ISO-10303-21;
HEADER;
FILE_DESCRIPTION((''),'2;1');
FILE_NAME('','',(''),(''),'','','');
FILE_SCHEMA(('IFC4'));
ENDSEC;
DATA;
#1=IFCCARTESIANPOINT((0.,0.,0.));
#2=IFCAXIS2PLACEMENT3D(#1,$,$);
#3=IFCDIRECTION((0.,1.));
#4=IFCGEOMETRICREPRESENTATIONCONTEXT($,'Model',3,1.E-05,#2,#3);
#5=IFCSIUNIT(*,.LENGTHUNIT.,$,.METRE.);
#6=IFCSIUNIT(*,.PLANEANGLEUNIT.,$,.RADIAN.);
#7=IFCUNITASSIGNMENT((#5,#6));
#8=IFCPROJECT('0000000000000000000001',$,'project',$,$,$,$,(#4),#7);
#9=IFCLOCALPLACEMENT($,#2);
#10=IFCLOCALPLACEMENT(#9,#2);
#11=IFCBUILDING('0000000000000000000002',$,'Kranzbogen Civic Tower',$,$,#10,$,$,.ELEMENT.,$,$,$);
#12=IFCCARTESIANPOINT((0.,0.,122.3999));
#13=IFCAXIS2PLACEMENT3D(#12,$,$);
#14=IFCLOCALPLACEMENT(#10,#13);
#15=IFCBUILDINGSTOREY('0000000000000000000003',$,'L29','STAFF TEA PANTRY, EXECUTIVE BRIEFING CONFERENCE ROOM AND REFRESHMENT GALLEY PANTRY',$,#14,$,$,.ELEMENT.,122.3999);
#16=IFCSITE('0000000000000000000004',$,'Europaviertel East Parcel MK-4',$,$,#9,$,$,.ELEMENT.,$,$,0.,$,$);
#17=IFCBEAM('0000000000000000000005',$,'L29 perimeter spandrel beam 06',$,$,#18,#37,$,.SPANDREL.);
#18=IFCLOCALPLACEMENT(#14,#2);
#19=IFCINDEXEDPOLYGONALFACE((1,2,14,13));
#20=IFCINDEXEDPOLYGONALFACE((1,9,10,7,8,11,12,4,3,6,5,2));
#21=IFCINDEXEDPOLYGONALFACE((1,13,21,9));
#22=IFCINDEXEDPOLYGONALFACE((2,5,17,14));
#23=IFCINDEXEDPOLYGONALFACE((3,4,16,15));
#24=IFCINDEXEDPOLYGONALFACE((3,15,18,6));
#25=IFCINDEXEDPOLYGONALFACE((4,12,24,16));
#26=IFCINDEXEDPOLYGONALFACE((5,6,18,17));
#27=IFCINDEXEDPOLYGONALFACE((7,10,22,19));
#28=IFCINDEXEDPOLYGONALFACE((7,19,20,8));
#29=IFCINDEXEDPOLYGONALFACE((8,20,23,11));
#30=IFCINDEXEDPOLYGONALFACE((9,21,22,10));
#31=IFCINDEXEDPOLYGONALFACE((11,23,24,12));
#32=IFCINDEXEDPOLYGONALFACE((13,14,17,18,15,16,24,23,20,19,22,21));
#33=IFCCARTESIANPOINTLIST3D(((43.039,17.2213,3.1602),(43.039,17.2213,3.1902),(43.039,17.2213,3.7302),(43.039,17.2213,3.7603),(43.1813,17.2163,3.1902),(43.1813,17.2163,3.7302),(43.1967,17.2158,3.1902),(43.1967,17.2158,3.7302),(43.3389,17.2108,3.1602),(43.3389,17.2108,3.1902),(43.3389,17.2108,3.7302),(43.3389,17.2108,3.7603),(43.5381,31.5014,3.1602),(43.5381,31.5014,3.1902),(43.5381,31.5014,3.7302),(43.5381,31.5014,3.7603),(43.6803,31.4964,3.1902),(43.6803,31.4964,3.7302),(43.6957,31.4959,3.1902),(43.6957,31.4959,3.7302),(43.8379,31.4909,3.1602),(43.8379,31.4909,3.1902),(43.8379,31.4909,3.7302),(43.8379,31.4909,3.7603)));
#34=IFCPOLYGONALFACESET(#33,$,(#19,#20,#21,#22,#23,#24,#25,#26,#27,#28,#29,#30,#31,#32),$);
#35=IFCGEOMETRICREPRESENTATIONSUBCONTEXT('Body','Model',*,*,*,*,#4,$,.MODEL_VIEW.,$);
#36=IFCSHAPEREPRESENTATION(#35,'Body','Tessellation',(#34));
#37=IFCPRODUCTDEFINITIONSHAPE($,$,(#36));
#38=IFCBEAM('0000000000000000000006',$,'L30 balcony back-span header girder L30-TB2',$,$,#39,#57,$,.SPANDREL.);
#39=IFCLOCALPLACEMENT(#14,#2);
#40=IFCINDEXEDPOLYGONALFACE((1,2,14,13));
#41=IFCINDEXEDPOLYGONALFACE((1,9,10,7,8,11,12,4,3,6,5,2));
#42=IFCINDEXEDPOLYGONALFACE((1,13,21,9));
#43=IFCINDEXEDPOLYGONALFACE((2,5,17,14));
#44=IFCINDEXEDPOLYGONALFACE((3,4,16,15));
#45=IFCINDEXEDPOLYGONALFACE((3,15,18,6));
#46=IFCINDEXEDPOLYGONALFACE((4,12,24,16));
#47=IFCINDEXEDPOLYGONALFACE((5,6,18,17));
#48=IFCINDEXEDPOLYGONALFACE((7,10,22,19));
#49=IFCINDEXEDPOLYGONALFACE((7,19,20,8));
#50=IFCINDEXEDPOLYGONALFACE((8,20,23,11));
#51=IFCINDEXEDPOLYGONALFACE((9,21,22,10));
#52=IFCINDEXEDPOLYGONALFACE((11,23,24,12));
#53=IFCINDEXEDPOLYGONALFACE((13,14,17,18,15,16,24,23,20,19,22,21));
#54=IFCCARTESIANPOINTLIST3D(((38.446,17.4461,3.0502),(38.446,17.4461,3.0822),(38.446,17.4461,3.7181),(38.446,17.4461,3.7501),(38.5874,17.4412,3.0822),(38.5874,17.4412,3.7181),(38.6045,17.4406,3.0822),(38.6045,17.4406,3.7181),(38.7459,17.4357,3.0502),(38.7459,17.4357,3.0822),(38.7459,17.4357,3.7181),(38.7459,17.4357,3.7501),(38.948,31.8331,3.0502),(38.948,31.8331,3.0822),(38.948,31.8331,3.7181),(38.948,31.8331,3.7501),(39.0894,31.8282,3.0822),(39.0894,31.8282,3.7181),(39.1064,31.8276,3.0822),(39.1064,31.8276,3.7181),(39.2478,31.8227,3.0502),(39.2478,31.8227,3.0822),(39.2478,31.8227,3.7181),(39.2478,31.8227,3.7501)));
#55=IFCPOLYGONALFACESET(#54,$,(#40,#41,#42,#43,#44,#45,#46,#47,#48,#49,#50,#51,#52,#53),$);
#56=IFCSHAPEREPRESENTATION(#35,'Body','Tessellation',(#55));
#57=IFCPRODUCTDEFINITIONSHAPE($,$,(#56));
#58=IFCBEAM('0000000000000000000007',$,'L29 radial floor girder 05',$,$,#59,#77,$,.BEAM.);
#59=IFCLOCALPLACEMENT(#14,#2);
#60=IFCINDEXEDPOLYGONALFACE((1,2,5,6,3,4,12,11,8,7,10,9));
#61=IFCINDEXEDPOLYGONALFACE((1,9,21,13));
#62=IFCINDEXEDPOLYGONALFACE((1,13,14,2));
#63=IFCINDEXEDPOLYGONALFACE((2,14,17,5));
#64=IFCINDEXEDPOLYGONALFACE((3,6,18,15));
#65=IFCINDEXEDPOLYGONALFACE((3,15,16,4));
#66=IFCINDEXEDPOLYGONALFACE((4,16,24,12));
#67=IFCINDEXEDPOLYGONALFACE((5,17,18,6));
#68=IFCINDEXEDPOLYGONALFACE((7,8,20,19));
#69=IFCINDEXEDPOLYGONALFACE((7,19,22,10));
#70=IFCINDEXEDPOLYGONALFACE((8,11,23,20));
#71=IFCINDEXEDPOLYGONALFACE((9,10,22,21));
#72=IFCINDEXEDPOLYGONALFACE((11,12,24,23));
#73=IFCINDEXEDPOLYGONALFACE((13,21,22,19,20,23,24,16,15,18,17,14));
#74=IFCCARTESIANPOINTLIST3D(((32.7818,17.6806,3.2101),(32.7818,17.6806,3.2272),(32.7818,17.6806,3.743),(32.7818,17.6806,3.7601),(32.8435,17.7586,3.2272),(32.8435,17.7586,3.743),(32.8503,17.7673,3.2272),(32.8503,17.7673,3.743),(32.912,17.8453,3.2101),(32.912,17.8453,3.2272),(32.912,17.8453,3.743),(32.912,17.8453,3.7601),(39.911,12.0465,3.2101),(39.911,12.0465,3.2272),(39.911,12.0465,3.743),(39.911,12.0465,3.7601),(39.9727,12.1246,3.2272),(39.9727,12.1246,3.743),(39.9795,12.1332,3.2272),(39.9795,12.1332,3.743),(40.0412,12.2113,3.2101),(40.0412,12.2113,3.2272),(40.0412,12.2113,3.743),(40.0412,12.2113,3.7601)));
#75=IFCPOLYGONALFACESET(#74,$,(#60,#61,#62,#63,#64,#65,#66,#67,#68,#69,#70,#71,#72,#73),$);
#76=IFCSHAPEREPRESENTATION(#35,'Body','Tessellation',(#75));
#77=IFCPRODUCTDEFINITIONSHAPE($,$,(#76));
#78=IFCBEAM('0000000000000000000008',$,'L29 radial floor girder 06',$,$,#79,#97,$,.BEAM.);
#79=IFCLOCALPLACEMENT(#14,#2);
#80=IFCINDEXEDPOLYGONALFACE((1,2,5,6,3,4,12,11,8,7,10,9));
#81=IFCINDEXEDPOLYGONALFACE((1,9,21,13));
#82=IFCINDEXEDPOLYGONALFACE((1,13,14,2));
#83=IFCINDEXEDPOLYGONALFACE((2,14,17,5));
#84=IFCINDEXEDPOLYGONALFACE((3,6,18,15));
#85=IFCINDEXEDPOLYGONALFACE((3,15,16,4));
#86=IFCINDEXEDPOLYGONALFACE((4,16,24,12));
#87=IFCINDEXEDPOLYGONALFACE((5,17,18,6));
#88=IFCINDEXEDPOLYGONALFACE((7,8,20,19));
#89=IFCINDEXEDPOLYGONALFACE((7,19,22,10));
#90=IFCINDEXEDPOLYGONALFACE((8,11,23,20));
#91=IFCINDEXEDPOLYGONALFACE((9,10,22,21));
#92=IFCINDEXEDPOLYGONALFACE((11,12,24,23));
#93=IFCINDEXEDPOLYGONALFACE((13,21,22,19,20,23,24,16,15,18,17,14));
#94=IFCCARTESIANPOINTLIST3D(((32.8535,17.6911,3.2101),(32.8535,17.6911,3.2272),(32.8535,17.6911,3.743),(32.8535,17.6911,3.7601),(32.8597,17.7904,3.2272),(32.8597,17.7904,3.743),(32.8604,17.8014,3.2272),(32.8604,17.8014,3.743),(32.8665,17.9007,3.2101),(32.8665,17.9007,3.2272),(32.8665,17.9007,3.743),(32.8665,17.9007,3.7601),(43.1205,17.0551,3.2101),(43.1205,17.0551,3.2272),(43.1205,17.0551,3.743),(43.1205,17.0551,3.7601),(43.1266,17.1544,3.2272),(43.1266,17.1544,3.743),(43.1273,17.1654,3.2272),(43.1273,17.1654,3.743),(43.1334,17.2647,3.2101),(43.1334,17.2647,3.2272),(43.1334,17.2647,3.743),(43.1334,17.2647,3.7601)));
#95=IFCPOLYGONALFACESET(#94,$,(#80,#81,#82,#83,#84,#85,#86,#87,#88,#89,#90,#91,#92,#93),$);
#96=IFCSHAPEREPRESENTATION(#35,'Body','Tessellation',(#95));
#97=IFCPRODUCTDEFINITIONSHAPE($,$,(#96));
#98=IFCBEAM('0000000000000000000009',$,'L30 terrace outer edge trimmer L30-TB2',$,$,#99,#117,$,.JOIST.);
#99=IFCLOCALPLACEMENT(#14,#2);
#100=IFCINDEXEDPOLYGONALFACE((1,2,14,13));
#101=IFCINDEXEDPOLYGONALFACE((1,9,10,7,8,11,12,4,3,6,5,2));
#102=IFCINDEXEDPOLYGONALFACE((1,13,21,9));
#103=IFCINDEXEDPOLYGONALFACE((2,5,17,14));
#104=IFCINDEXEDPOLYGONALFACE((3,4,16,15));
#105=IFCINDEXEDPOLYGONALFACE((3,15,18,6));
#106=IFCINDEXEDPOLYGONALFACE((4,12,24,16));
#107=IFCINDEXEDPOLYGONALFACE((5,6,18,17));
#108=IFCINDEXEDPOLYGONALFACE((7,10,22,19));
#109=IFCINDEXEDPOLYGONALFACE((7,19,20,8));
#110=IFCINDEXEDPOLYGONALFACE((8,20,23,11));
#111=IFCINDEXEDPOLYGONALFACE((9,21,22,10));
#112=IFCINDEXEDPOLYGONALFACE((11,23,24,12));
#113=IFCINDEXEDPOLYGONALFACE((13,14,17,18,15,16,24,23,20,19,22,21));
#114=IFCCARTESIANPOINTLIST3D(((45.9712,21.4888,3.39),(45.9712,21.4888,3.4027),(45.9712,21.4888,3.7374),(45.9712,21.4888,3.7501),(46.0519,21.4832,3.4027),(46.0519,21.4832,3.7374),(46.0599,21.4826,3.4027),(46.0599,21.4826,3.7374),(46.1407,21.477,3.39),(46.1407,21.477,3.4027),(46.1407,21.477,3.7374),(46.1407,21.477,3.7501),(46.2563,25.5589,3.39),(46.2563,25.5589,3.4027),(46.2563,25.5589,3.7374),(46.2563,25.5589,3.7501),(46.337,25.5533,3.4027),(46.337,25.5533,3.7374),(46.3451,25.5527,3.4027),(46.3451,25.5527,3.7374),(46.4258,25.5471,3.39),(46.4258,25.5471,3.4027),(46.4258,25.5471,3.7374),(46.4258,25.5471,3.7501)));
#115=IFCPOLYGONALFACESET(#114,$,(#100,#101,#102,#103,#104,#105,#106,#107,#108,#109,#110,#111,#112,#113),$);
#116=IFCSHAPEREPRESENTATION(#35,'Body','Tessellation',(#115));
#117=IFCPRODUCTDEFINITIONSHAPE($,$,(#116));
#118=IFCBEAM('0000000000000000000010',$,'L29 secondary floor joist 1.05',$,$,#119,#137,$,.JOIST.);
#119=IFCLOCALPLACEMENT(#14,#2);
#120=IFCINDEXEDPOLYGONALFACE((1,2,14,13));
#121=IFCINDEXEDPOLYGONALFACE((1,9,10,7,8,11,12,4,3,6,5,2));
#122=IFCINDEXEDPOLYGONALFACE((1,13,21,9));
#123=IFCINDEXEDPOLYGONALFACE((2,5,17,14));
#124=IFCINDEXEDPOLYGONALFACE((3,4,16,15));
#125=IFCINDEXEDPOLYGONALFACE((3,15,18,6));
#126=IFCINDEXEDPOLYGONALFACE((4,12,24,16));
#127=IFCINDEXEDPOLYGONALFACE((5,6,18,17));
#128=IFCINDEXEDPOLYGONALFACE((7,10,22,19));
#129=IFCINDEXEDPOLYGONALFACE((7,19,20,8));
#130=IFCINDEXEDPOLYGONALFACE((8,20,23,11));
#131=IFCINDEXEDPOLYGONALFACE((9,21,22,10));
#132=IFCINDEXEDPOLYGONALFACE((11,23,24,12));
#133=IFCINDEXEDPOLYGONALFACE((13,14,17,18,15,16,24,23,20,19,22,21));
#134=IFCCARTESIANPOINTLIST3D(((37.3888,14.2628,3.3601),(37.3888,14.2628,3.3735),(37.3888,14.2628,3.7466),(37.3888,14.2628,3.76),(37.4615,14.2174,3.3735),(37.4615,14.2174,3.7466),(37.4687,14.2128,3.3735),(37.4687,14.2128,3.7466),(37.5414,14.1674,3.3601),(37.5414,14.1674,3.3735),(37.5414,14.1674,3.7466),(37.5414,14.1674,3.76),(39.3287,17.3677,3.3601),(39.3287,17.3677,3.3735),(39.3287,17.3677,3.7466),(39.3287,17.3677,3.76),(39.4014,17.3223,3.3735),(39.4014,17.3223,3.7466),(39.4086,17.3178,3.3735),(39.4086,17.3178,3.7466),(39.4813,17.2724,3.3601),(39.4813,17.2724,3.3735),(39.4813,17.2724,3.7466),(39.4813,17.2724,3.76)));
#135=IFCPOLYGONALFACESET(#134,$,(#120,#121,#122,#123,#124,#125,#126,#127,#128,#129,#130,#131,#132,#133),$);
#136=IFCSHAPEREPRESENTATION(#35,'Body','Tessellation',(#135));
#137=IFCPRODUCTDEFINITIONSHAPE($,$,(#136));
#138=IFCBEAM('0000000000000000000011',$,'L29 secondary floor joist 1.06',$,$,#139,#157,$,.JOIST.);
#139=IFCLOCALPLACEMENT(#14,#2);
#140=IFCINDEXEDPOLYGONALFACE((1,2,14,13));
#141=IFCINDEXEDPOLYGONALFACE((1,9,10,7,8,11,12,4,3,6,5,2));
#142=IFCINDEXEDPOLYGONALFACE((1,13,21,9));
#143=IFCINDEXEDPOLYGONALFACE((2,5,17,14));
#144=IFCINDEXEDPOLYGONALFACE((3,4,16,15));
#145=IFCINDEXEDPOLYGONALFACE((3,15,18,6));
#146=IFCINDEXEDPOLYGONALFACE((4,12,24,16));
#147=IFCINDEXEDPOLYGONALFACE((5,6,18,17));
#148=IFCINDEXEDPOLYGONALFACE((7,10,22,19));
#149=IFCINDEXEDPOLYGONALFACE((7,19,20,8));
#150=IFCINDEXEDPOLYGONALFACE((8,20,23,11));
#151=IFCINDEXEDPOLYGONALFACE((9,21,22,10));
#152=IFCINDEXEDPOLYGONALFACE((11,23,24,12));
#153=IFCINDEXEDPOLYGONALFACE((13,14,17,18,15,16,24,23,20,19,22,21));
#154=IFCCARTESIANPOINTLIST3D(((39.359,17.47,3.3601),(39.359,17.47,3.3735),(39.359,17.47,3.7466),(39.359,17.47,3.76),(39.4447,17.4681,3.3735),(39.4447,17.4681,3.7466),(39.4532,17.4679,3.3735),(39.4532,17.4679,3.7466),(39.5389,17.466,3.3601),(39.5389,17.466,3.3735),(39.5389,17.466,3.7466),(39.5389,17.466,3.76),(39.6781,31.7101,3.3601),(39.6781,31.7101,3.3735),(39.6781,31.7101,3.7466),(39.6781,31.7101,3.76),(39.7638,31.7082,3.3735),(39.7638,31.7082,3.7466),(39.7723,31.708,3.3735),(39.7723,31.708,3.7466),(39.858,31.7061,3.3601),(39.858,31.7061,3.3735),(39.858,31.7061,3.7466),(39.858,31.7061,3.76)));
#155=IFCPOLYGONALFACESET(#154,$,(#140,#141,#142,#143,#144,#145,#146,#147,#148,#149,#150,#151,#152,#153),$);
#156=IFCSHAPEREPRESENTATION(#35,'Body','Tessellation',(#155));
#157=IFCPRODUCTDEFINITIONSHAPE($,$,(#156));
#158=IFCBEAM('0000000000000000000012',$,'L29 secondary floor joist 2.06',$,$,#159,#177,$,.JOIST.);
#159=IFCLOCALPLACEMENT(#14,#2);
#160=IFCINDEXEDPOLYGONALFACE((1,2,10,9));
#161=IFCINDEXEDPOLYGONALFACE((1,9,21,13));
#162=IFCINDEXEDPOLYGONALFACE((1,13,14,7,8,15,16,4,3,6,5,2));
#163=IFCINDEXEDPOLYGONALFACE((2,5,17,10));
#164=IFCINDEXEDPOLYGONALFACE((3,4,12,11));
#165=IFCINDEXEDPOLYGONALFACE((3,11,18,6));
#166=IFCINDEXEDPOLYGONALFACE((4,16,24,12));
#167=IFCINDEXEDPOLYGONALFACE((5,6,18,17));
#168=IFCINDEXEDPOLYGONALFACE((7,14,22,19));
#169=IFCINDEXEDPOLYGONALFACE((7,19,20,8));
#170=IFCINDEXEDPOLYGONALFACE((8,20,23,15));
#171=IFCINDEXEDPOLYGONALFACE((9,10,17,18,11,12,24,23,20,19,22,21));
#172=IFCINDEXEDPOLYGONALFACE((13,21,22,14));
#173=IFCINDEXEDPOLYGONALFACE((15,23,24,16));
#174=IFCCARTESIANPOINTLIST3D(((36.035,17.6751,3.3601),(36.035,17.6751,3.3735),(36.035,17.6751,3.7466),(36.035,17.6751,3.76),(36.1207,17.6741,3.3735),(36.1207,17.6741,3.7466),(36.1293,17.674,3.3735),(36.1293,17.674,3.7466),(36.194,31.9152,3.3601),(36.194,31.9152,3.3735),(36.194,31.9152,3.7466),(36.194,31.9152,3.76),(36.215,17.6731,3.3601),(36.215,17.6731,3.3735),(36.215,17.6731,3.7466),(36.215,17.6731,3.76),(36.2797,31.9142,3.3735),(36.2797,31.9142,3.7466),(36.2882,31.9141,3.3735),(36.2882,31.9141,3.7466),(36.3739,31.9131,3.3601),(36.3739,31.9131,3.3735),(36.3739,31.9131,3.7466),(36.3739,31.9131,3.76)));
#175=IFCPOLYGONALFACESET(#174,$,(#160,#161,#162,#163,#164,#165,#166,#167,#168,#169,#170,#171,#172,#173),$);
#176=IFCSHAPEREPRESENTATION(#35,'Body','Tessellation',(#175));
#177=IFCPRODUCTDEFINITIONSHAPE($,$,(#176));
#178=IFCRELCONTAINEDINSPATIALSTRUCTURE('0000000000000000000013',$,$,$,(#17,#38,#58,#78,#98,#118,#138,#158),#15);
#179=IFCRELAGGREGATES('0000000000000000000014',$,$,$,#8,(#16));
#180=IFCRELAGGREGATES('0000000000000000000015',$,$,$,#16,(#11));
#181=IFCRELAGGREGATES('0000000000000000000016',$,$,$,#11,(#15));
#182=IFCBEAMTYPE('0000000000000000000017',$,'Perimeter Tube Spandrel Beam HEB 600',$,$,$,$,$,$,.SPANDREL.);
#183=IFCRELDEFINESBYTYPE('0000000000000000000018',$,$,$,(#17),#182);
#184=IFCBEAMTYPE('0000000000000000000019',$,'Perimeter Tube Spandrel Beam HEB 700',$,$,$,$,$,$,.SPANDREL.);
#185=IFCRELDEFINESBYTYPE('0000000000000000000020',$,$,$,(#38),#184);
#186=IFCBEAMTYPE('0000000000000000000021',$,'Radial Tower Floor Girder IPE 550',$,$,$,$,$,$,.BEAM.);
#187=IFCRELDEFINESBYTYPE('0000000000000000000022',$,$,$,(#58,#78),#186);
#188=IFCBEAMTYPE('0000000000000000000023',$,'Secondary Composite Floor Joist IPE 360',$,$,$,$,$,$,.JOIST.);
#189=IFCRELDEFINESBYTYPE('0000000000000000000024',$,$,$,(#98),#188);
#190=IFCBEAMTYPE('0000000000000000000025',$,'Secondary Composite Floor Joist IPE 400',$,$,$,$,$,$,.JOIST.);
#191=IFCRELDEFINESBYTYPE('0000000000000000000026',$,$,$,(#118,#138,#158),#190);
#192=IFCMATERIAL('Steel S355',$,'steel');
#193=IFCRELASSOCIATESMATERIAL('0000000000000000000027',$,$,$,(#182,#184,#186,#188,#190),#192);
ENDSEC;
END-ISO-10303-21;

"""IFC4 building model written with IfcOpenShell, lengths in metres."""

from ifc_helpers import new_model, si_unit, direction, frame, origin, origin_2d, place, context, subcontext, project, spatial, i_section, extrude, material, material_profile, profile_set, type_object, element, save


model = new_model("IFC4")

# Units and contexts
model_context = context("Model", 3, precision=1e-05, world=origin(), true_north=direction((0.0, 1.0)))
body_context = subcontext(model_context, "Body", "Model", "MODEL_VIEW")
ifc_project = project(units=[si_unit("LENGTHUNIT", "METRE"), si_unit("PLANEANGLEUNIT", "RADIAN")], contexts=[model_context])

# Site, building, storey
site_placement = place(None, origin())
site = spatial("IfcSite", under=ifc_project, at=site_placement, Name="Europaviertel East Parcel MK-4", CompositionType="ELEMENT", RefElevation=0.0)
building_placement = place(site_placement, origin())
building = spatial("IfcBuilding", under=site, at=building_placement, Name="Kranzbogen Civic Tower", CompositionType="ELEMENT")
storey_placement = place(building_placement, frame((0.0, 0.0, 122.3999)))
storey = spatial("IfcBuildingStorey", under=building, at=storey_placement, Name="L29", Description="STAFF TEA PANTRY, EXECUTIVE BRIEFING CONFERENCE ROOM AND REFRESHMENT GALLEY PANTRY", CompositionType="ELEMENT", Elevation=122.3999)

# Beams
ifc_material_1 = material(Name="Steel S355", Category="steel")
ifc_material_profile_1 = material_profile(ifc_material_1, i_section(OverallWidth=0.3, OverallDepth=0.6001, WebThickness=0.0154, FlangeThickness=0.03, at=origin_2d()), Name="HEB 600")
ifc_profile_set_1 = profile_set([ifc_material_profile_1], Name="Steel S355")
beam_type_1 = type_object("IfcBeamType", Name="Perimeter Tube Spandrel Beam HEB 600", PredefinedType="SPANDREL", material=ifc_profile_set_1)
beam_1_placement = place(storey_placement, frame((43.189, 17.2161, 3.4602), z_axis=(0.034924, 0.99939, 0.0), x_axis=(-0.99939, 0.034924, 0.0)))
element("IfcBeam", 1, at=beam_1_placement, inside=storey, type_object=beam_type_1, Name="L29 perimeter spandrel beam 06", PredefinedType="SPANDREL", context=body_context, shape_type="SweptSolid", body=[
    extrude(i_section(OverallWidth=0.3, OverallDepth=0.6001, WebThickness=0.0154, FlangeThickness=0.03, at=origin_2d()), origin(), (0.0, 0.0, 1.0), 14.2888),
])
ifc_material_profile_2 = material_profile(ifc_material_1, i_section(OverallWidth=0.3, OverallDepth=0.7, WebThickness=0.0171, FlangeThickness=0.032, at=origin_2d()), Name="HEB 700")
ifc_profile_set_2 = profile_set([ifc_material_profile_2], Name="Steel S355")
beam_type_2 = type_object("IfcBeamType", Name="Perimeter Tube Spandrel Beam HEB 700", PredefinedType="SPANDREL", material=ifc_profile_set_2)
beam_2_placement = place(storey_placement, frame((38.5959, 17.4409, 3.4001), z_axis=(0.034868, 0.999392, 0.0), x_axis=(-0.999392, 0.034868, 0.0)))
element("IfcBeam", 2, at=beam_2_placement, inside=storey, type_object=beam_type_2, Name="L30 balcony back-span header girder L30-TB2", PredefinedType="SPANDREL", context=body_context, shape_type="SweptSolid", body=[
    extrude(i_section(OverallWidth=0.3, OverallDepth=0.7, WebThickness=0.0171, FlangeThickness=0.032, at=origin_2d()), origin(), (0.0, 0.0, 1.0), 14.3958),
])
ifc_material_profile_3 = material_profile(ifc_material_1, i_section(OverallWidth=0.21, OverallDepth=0.55, WebThickness=0.011, FlangeThickness=0.0171, at=origin_2d()), Name="IPE 550")
ifc_profile_set_3 = profile_set([ifc_material_profile_3], Name="Steel S355")
beam_type_3 = type_object("IfcBeamType", Name="Radial Tower Floor Girder IPE 550", PredefinedType="BEAM", material=ifc_profile_set_3)
beam_3_placement = place(storey_placement, frame((39.9761, 12.1289, 3.4851), z_axis=(-0.784575, 0.620034, 0.0), x_axis=(-0.620034, -0.784575, 0.0)))
element("IfcBeam", 3, at=beam_3_placement, inside=storey, type_object=beam_type_3, Name="L29 radial floor girder 05", PredefinedType="BEAM", context=body_context, shape_type="SweptSolid", body=[
    extrude(i_section(OverallWidth=0.21, OverallDepth=0.55, WebThickness=0.011, FlangeThickness=0.0171, at=origin_2d()), origin(), (0.0, 0.0, 1.0), 9.0867),
])
beam_4_placement = place(storey_placement, frame((43.127, 17.1599, 3.4851), z_axis=(-0.998087, 0.061827, 0.0), x_axis=(-0.061827, -0.998087, 0.0)))
element("IfcBeam", 4, at=beam_4_placement, inside=storey, type_object=beam_type_3, Name="L29 radial floor girder 06", PredefinedType="BEAM", context=body_context, shape_type="SweptSolid", body=[
    extrude(i_section(OverallWidth=0.21, OverallDepth=0.55, WebThickness=0.011, FlangeThickness=0.0171, at=origin_2d()), origin(), (0.0, 0.0, 1.0), 10.2866),
])
ifc_material_profile_4 = material_profile(ifc_material_1, i_section(OverallWidth=0.1699, OverallDepth=0.3601, WebThickness=0.0081, FlangeThickness=0.0127, at=origin_2d()), Name="IPE 360")
ifc_profile_set_4 = profile_set([ifc_material_profile_4], Name="Steel S355")
beam_type_4 = type_object("IfcBeamType", Name="Secondary Composite Floor Joist IPE 360", PredefinedType="JOIST", material=ifc_profile_set_4)
beam_5_placement = place(storey_placement, frame((46.0559, 21.4829, 3.5701), z_axis=(0.06989, 0.997555, 0.0), x_axis=(-0.997555, 0.06989, 0.0)))
element("IfcBeam", 5, at=beam_5_placement, inside=storey, type_object=beam_type_4, Name="L30 terrace outer edge trimmer L30-TB2", PredefinedType="JOIST", context=body_context, shape_type="SweptSolid", body=[
    extrude(i_section(OverallWidth=0.1699, OverallDepth=0.3601, WebThickness=0.0081, FlangeThickness=0.0127, at=origin_2d()), origin(), (0.0, 0.0, 1.0), 4.0801),
])
ifc_material_profile_5 = material_profile(ifc_material_1, i_section(OverallWidth=0.1799, OverallDepth=0.3999, WebThickness=0.0085, FlangeThickness=0.0134, at=origin_2d()), Name="IPE 400")
ifc_profile_set_5 = profile_set([ifc_material_profile_5], Name="Steel S355")
beam_type_5 = type_object("IfcBeamType", Name="Secondary Composite Floor Joist IPE 400", PredefinedType="JOIST", material=ifc_profile_set_5)
beam_6_placement = place(storey_placement, frame((37.4651, 14.2151, 3.5601), z_axis=(0.529867, 0.848081, 0.0), x_axis=(-0.848081, 0.529867, 0.0)))
element("IfcBeam", 6, at=beam_6_placement, inside=storey, type_object=beam_type_5, Name="L29 secondary floor joist 1.05", PredefinedType="JOIST", context=body_context, shape_type="SweptSolid", body=[
    extrude(i_section(OverallWidth=0.1799, OverallDepth=0.3999, WebThickness=0.0085, FlangeThickness=0.0134, at=origin_2d()), origin(), (0.0, 0.0, 1.0), 3.6611),
])
beam_7_placement = place(storey_placement, frame((39.449, 17.468, 3.5601), z_axis=(0.022403, 0.999749, 0.0), x_axis=(-0.999749, 0.022403, 0.0)))
element("IfcBeam", 7, at=beam_7_placement, inside=storey, type_object=beam_type_5, Name="L29 secondary floor joist 1.06", PredefinedType="JOIST", context=body_context, shape_type="SweptSolid", body=[
    extrude(i_section(OverallWidth=0.1799, OverallDepth=0.3999, WebThickness=0.0085, FlangeThickness=0.0134, at=origin_2d()), origin(), (0.0, 0.0, 1.0), 14.2437),
])
beam_8_placement = place(storey_placement, frame((36.125, 17.6741, 3.5601), z_axis=(0.011161, 0.999938, 0.0), x_axis=(-0.999938, 0.011161, 0.0)))
element("IfcBeam", 8, at=beam_8_placement, inside=storey, type_object=beam_type_5, Name="L29 secondary floor joist 2.06", PredefinedType="JOIST", context=body_context, shape_type="SweptSolid", body=[
    extrude(i_section(OverallWidth=0.1799, OverallDepth=0.3999, WebThickness=0.0085, FlangeThickness=0.0134, at=origin_2d()), origin(), (0.0, 0.0, 1.0), 14.241),
])

save(model, "model.ifc")
